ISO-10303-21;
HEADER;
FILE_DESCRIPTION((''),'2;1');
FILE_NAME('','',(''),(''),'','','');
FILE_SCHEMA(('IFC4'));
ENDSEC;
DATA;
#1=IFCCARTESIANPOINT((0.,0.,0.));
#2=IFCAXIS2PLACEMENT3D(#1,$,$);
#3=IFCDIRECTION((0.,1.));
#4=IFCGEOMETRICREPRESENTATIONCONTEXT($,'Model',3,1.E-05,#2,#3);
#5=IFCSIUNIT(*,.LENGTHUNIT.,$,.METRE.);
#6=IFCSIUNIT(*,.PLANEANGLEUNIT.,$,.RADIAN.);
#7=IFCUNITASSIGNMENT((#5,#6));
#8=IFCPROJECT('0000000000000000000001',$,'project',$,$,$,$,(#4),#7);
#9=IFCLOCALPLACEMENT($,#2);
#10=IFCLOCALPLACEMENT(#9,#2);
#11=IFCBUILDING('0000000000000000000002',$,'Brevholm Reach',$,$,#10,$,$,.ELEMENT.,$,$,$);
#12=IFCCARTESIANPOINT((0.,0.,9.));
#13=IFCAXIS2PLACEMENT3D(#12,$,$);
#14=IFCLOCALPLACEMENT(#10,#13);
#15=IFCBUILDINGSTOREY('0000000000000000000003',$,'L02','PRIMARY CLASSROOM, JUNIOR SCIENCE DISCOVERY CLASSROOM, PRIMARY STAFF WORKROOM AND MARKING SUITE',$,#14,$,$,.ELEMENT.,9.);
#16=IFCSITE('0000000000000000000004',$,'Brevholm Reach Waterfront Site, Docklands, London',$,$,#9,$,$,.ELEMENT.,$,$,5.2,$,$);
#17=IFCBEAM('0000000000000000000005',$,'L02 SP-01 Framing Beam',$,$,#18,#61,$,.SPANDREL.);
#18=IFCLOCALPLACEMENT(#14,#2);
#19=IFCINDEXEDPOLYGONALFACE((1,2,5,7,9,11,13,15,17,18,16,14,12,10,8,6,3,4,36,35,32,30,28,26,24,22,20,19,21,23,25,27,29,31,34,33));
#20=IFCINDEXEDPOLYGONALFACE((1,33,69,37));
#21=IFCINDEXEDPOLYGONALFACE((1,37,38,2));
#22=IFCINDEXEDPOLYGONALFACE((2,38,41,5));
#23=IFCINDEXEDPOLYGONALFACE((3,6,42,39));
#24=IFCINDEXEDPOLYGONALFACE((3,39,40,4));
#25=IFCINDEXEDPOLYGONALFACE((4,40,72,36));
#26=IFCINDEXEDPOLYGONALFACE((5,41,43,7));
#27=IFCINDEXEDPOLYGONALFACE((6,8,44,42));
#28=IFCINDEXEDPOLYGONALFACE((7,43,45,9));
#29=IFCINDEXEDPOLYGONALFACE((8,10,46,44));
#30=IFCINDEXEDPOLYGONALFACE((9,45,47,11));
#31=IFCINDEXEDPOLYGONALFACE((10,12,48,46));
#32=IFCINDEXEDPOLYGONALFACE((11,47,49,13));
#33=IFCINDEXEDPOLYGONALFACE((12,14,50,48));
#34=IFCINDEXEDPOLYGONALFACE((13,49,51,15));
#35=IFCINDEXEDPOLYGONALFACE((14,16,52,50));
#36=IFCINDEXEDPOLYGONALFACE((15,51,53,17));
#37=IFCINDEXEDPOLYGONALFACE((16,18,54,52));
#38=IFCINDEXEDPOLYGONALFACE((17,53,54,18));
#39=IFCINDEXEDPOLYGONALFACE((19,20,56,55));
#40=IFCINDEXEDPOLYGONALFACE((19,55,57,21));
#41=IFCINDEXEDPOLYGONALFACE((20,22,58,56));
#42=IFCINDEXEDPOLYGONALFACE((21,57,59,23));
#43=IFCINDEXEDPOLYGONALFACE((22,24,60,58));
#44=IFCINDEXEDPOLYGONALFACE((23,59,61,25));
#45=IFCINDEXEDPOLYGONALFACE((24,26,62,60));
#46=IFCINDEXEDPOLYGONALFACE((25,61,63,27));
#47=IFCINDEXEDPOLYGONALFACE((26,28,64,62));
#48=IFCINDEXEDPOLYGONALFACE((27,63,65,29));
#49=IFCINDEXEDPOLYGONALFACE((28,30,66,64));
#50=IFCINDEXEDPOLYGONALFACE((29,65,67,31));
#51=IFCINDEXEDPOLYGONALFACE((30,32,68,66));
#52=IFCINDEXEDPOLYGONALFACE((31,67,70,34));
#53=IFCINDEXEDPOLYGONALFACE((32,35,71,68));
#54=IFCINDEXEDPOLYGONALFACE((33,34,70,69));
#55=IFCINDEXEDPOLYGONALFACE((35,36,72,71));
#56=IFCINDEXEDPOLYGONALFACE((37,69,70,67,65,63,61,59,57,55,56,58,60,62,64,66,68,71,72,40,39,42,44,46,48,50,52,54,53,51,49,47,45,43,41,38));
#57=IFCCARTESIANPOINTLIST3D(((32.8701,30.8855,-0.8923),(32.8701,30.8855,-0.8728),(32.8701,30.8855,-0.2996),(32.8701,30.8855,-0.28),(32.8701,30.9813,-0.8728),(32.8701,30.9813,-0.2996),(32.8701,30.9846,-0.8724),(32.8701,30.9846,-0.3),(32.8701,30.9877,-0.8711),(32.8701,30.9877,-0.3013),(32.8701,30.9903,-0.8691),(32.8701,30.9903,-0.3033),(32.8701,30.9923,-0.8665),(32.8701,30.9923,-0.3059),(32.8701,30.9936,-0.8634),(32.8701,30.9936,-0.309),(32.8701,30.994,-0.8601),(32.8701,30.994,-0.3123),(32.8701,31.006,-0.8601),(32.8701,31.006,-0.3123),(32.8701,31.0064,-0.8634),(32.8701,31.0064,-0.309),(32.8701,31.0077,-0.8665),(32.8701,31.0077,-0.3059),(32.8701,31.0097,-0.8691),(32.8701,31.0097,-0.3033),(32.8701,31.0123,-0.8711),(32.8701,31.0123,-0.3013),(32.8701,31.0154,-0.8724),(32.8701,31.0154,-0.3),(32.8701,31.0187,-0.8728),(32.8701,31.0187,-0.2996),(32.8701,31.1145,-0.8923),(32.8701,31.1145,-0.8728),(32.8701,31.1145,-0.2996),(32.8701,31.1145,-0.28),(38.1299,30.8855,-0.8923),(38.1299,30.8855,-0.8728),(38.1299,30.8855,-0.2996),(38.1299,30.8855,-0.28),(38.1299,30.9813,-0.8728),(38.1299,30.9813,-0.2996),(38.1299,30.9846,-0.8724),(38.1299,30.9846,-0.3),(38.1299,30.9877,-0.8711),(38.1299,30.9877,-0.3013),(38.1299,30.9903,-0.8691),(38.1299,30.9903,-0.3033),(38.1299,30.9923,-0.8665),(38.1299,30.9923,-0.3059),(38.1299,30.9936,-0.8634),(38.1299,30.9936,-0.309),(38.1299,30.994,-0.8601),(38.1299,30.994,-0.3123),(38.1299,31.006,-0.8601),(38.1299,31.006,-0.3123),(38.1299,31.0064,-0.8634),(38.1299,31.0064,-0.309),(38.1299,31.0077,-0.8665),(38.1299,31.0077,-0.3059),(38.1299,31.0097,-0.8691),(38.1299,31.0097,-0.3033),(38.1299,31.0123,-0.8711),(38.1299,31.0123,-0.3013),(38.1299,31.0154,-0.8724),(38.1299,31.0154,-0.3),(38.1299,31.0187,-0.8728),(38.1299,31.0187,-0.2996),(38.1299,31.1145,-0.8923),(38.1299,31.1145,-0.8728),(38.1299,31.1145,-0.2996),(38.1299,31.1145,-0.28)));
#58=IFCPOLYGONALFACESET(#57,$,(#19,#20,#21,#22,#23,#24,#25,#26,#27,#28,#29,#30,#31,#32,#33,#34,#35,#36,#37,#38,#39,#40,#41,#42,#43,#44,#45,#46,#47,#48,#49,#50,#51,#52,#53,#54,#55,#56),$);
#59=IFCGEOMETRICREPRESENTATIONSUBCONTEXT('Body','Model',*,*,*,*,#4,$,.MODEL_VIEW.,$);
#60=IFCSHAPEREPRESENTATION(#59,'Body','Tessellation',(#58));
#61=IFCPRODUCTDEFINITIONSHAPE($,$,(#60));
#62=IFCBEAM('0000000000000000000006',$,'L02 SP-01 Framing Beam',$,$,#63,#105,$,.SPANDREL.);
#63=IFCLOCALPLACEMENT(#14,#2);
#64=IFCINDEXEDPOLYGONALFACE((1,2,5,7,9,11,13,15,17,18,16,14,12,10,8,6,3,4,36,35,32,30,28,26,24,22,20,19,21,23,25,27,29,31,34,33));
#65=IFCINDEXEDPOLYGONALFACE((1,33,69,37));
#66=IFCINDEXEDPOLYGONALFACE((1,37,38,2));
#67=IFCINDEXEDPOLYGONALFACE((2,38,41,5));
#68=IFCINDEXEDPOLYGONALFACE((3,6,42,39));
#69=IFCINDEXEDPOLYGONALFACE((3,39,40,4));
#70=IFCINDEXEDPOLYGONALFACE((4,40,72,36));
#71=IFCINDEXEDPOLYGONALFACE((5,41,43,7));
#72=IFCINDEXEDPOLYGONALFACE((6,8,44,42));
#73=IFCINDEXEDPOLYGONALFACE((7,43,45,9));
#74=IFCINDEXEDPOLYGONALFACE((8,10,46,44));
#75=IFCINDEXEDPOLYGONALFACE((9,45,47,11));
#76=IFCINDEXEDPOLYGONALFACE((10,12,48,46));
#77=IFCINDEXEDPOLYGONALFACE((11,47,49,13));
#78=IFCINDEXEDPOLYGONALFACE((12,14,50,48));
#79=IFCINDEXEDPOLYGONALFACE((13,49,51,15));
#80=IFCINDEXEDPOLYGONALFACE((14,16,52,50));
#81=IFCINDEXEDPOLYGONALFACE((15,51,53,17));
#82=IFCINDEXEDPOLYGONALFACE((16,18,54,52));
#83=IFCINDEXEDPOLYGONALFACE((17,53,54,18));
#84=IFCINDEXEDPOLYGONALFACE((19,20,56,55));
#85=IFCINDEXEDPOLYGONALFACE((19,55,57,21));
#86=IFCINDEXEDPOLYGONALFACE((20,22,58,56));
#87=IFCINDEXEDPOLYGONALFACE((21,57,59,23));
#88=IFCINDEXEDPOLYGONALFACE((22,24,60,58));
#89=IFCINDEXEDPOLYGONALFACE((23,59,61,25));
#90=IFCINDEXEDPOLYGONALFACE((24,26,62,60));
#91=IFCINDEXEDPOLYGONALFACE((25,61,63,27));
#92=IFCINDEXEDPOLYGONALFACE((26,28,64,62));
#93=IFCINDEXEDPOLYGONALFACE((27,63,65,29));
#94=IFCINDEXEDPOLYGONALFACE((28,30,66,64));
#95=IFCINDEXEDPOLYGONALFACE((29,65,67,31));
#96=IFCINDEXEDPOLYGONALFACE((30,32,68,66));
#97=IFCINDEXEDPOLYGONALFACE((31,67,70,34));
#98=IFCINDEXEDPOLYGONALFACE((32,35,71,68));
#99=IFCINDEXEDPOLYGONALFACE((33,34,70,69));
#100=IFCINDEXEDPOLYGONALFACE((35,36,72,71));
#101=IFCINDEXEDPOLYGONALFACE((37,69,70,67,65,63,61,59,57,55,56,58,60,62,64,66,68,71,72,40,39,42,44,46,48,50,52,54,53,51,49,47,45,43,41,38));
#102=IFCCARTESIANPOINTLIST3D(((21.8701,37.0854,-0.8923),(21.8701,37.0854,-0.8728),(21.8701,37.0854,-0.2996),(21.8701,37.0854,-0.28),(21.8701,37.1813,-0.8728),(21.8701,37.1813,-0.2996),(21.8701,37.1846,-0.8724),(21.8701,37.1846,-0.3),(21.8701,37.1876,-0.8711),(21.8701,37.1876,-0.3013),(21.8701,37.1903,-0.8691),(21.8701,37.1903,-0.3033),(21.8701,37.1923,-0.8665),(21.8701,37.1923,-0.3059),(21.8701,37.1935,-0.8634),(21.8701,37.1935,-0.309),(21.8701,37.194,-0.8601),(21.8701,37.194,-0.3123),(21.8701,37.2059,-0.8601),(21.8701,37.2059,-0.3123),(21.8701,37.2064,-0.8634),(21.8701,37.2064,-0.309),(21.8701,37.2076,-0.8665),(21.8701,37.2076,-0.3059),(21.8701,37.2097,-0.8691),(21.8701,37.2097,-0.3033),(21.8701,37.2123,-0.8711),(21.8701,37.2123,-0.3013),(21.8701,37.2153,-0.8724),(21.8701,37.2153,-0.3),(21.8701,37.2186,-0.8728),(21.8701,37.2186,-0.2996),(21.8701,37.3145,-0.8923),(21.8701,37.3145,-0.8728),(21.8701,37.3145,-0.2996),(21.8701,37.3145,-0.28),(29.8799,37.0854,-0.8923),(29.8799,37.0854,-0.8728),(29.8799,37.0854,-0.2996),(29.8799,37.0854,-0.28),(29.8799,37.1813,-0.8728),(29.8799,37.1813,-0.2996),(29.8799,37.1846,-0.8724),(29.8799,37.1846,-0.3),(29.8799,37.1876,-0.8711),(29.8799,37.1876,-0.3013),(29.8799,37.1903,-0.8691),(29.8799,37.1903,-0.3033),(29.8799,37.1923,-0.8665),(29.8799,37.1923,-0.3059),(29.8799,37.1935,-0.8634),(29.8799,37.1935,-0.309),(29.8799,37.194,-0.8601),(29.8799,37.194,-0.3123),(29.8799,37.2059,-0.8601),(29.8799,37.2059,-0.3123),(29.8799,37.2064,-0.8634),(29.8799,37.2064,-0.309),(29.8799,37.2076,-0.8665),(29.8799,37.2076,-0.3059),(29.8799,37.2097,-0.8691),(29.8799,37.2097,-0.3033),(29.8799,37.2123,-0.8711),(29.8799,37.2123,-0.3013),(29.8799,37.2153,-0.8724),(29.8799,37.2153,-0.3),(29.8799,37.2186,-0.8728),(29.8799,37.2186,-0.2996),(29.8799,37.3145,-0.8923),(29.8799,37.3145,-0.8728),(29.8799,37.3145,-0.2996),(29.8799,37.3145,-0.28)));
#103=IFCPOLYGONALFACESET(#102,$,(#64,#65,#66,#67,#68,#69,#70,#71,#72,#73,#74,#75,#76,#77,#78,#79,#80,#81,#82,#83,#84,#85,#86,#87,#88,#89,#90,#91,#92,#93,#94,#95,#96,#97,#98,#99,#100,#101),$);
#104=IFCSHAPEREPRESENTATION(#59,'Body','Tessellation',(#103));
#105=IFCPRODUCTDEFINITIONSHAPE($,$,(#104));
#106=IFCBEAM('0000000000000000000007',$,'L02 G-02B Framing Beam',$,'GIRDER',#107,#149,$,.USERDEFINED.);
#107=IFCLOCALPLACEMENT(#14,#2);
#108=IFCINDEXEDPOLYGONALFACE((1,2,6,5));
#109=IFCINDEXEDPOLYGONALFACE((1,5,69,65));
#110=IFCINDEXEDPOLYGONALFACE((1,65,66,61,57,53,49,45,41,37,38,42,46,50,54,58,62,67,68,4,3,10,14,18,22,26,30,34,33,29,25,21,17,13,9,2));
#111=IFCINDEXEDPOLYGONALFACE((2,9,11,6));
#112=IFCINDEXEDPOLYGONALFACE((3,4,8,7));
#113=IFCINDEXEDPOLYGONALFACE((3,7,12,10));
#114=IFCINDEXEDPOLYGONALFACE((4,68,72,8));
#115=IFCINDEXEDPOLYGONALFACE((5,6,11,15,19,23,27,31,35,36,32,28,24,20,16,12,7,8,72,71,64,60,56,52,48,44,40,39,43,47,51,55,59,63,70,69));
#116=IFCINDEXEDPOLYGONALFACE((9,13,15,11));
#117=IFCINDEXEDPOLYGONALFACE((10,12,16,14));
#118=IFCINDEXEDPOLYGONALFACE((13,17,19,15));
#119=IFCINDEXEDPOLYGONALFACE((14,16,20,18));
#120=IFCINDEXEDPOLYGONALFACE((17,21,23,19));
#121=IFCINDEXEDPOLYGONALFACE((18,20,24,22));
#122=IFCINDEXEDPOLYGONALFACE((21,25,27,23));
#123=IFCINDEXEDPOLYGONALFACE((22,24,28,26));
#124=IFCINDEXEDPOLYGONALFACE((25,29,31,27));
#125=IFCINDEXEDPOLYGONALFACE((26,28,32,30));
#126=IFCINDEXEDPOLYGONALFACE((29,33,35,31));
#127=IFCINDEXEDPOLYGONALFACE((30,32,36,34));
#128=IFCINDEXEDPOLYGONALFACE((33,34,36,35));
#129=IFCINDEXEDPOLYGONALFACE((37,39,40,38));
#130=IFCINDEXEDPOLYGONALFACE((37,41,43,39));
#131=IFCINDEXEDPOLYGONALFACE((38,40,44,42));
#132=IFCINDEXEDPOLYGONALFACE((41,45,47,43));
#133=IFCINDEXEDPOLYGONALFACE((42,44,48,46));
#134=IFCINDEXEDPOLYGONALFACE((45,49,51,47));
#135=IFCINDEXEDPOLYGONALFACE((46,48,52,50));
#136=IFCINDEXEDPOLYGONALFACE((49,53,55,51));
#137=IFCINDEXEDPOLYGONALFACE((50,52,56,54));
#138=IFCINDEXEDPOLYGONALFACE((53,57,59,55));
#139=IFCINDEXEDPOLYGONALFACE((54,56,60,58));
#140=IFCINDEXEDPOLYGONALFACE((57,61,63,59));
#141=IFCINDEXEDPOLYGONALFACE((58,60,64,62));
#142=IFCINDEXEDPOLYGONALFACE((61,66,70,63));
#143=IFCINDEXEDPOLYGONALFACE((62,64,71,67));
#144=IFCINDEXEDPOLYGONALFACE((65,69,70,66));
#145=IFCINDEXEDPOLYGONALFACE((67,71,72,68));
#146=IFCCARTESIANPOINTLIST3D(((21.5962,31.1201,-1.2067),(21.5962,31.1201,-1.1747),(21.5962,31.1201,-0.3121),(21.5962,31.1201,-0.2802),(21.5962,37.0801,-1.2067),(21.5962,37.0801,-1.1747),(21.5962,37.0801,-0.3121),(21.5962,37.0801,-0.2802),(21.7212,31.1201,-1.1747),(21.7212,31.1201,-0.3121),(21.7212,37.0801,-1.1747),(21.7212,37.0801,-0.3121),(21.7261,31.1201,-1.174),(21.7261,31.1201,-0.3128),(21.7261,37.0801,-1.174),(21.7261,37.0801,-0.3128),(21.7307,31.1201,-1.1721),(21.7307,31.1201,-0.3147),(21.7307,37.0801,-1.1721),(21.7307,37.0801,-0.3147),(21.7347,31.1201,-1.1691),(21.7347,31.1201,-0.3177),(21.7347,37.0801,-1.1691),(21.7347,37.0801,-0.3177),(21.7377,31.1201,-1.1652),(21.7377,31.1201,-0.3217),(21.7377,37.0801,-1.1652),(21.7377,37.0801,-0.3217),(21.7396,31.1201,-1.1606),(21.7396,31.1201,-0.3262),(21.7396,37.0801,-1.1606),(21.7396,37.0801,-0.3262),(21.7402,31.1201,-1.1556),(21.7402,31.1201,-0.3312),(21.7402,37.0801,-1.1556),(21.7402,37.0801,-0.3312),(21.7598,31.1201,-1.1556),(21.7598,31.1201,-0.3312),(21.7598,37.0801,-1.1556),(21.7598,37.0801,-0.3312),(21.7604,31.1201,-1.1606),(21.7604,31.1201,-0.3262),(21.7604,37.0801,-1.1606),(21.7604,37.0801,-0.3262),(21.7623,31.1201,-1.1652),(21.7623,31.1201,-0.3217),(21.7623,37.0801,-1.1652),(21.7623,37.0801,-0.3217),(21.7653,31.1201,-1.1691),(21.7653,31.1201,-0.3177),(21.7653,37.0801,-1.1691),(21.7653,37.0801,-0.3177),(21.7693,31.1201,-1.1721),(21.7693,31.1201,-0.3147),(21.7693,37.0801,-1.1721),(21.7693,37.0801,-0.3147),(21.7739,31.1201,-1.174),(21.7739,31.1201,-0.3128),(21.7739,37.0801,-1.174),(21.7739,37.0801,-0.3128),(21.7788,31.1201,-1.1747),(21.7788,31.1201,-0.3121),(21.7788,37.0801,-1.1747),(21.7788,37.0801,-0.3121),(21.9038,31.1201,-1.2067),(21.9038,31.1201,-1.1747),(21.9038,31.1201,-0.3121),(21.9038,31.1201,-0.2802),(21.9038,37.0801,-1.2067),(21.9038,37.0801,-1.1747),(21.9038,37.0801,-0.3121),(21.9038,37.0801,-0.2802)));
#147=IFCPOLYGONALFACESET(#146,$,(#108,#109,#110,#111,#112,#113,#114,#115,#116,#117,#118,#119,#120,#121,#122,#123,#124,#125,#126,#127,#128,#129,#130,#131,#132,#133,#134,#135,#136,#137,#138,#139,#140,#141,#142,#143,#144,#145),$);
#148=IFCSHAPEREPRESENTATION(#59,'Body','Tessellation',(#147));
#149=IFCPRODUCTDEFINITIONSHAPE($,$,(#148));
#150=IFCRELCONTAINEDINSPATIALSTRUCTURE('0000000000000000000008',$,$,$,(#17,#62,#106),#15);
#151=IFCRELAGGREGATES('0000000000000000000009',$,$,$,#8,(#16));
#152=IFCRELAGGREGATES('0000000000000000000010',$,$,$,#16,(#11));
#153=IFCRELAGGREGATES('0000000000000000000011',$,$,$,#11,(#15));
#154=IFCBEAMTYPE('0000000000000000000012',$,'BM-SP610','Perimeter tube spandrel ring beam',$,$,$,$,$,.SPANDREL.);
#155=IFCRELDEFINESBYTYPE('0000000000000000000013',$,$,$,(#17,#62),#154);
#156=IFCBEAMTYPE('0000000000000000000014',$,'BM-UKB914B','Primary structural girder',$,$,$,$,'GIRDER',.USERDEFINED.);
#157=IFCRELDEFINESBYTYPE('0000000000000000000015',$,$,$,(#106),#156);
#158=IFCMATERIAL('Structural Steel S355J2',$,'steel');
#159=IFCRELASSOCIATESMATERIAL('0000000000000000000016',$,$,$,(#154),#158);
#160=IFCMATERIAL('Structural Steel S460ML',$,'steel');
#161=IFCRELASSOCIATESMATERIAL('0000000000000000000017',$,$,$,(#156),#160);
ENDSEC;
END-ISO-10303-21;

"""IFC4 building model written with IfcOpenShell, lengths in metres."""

from ifc_helpers import new_model, si_unit, direction, frame, origin, origin_2d, place, context, subcontext, project, spatial, i_section, extrude, material, material_profile, profile_set, type_object, element, save


model = new_model("IFC4")

# Units and contexts
model_context = context("Model", 3, precision=1e-05, world=origin(), true_north=direction((0.0, 1.0)))
body_context = subcontext(model_context, "Body", "Model", "MODEL_VIEW")
ifc_project = project(units=[si_unit("LENGTHUNIT", "METRE"), si_unit("PLANEANGLEUNIT", "RADIAN")], contexts=[model_context])

# Site, building, storey
site_placement = place(None, origin())
site = spatial("IfcSite", under=ifc_project, at=site_placement, Name="Brevholm Reach Waterfront Site, Docklands, London", CompositionType="ELEMENT", RefElevation=5.2)
building_placement = place(site_placement, origin())
building = spatial("IfcBuilding", under=site, at=building_placement, Name="Brevholm Reach", CompositionType="ELEMENT")
storey_placement = place(building_placement, frame((0.0, 0.0, 9.0)))
storey = spatial("IfcBuildingStorey", under=building, at=storey_placement, Name="L02", Description="PRIMARY CLASSROOM, JUNIOR SCIENCE DISCOVERY CLASSROOM, PRIMARY STAFF WORKROOM AND MARKING SUITE", CompositionType="ELEMENT", Elevation=9.0)

# Beams
ifc_material_1 = material(Name="Structural Steel S355J2", Category="steel")
ifc_material_profile_1 = material_profile(ifc_material_1, i_section(OverallWidth=0.229, OverallDepth=0.6123, WebThickness=0.012, FlangeThickness=0.0195, FilletRadius=0.0127, at=origin_2d()), Name="UKB 610x229x125")
ifc_profile_set_1 = profile_set([ifc_material_profile_1], Name="Structural Steel S355J2")
beam_type_1 = type_object("IfcBeamType", Name="BM-SP610", Description="Perimeter tube spandrel ring beam", PredefinedType="SPANDREL", material=ifc_profile_set_1)
for number, where, z_axis, x_axis, name in (
    (1, (32.8701, 31.0, -0.5862), (1.0, 0.0, 0.0), (0.0, 1.0, 0.0), "L02 SP-01 Framing Beam"),
):
    element("IfcBeam", number, at=place(storey_placement, frame(where, z_axis=z_axis, x_axis=x_axis)), inside=storey, type_object=beam_type_1, Name=name, PredefinedType="SPANDREL", context=body_context, shape_type="SweptSolid", body=[
        extrude(i_section(OverallWidth=0.229, OverallDepth=0.6123, WebThickness=0.012, FlangeThickness=0.0195, FilletRadius=0.0127, at=origin_2d()), origin(), (0.0, 0.0, 1.0), 5.2598),
    ])
beam_1_placement = place(storey_placement, frame((21.8701, 37.2, -0.5862), z_axis=(1.0, 0.0, 0.0), x_axis=(0.0, 1.0, 0.0)))
element("IfcBeam", 2, at=beam_1_placement, inside=storey, type_object=beam_type_1, Name="L02 SP-01 Framing Beam", PredefinedType="SPANDREL", context=body_context, shape_type="SweptSolid", body=[
    extrude(i_section(OverallWidth=0.229, OverallDepth=0.6123, WebThickness=0.012, FlangeThickness=0.0195, FilletRadius=0.0127, at=origin_2d()), origin(), (0.0, 0.0, 1.0), 8.0098),
])
ifc_material_2 = material(Name="Structural Steel S460ML", Category="steel")
ifc_material_profile_2 = material_profile(ifc_material_2, i_section(OverallWidth=0.3076, OverallDepth=0.9265, WebThickness=0.0195, FlangeThickness=0.032, FilletRadius=0.019, at=origin_2d()), Name="UKB 914x305x289")
ifc_profile_set_2 = profile_set([ifc_material_profile_2], Name="Structural Steel S460ML")
beam_type_2 = type_object("IfcBeamType", Name="BM-UKB914B", Description="Primary structural girder", ElementType="GIRDER", PredefinedType="USERDEFINED", material=ifc_profile_set_2)
beam_2_placement = place(storey_placement, frame((21.75, 31.1201, -0.7434), z_axis=(0.0, 1.0, 0.0), x_axis=(-1.0, 0.0, 0.0)))
element("IfcBeam", 3, at=beam_2_placement, inside=storey, type_object=beam_type_2, Name="L02 G-02B Framing Beam", ObjectType="GIRDER", PredefinedType="USERDEFINED", context=body_context, shape_type="SweptSolid", body=[
    extrude(i_section(OverallWidth=0.3076, OverallDepth=0.9265, WebThickness=0.0195, FlangeThickness=0.032, FilletRadius=0.019, at=origin_2d()), origin(), (0.0, 0.0, 1.0), 5.96),
])

save(model, "model.ifc")
